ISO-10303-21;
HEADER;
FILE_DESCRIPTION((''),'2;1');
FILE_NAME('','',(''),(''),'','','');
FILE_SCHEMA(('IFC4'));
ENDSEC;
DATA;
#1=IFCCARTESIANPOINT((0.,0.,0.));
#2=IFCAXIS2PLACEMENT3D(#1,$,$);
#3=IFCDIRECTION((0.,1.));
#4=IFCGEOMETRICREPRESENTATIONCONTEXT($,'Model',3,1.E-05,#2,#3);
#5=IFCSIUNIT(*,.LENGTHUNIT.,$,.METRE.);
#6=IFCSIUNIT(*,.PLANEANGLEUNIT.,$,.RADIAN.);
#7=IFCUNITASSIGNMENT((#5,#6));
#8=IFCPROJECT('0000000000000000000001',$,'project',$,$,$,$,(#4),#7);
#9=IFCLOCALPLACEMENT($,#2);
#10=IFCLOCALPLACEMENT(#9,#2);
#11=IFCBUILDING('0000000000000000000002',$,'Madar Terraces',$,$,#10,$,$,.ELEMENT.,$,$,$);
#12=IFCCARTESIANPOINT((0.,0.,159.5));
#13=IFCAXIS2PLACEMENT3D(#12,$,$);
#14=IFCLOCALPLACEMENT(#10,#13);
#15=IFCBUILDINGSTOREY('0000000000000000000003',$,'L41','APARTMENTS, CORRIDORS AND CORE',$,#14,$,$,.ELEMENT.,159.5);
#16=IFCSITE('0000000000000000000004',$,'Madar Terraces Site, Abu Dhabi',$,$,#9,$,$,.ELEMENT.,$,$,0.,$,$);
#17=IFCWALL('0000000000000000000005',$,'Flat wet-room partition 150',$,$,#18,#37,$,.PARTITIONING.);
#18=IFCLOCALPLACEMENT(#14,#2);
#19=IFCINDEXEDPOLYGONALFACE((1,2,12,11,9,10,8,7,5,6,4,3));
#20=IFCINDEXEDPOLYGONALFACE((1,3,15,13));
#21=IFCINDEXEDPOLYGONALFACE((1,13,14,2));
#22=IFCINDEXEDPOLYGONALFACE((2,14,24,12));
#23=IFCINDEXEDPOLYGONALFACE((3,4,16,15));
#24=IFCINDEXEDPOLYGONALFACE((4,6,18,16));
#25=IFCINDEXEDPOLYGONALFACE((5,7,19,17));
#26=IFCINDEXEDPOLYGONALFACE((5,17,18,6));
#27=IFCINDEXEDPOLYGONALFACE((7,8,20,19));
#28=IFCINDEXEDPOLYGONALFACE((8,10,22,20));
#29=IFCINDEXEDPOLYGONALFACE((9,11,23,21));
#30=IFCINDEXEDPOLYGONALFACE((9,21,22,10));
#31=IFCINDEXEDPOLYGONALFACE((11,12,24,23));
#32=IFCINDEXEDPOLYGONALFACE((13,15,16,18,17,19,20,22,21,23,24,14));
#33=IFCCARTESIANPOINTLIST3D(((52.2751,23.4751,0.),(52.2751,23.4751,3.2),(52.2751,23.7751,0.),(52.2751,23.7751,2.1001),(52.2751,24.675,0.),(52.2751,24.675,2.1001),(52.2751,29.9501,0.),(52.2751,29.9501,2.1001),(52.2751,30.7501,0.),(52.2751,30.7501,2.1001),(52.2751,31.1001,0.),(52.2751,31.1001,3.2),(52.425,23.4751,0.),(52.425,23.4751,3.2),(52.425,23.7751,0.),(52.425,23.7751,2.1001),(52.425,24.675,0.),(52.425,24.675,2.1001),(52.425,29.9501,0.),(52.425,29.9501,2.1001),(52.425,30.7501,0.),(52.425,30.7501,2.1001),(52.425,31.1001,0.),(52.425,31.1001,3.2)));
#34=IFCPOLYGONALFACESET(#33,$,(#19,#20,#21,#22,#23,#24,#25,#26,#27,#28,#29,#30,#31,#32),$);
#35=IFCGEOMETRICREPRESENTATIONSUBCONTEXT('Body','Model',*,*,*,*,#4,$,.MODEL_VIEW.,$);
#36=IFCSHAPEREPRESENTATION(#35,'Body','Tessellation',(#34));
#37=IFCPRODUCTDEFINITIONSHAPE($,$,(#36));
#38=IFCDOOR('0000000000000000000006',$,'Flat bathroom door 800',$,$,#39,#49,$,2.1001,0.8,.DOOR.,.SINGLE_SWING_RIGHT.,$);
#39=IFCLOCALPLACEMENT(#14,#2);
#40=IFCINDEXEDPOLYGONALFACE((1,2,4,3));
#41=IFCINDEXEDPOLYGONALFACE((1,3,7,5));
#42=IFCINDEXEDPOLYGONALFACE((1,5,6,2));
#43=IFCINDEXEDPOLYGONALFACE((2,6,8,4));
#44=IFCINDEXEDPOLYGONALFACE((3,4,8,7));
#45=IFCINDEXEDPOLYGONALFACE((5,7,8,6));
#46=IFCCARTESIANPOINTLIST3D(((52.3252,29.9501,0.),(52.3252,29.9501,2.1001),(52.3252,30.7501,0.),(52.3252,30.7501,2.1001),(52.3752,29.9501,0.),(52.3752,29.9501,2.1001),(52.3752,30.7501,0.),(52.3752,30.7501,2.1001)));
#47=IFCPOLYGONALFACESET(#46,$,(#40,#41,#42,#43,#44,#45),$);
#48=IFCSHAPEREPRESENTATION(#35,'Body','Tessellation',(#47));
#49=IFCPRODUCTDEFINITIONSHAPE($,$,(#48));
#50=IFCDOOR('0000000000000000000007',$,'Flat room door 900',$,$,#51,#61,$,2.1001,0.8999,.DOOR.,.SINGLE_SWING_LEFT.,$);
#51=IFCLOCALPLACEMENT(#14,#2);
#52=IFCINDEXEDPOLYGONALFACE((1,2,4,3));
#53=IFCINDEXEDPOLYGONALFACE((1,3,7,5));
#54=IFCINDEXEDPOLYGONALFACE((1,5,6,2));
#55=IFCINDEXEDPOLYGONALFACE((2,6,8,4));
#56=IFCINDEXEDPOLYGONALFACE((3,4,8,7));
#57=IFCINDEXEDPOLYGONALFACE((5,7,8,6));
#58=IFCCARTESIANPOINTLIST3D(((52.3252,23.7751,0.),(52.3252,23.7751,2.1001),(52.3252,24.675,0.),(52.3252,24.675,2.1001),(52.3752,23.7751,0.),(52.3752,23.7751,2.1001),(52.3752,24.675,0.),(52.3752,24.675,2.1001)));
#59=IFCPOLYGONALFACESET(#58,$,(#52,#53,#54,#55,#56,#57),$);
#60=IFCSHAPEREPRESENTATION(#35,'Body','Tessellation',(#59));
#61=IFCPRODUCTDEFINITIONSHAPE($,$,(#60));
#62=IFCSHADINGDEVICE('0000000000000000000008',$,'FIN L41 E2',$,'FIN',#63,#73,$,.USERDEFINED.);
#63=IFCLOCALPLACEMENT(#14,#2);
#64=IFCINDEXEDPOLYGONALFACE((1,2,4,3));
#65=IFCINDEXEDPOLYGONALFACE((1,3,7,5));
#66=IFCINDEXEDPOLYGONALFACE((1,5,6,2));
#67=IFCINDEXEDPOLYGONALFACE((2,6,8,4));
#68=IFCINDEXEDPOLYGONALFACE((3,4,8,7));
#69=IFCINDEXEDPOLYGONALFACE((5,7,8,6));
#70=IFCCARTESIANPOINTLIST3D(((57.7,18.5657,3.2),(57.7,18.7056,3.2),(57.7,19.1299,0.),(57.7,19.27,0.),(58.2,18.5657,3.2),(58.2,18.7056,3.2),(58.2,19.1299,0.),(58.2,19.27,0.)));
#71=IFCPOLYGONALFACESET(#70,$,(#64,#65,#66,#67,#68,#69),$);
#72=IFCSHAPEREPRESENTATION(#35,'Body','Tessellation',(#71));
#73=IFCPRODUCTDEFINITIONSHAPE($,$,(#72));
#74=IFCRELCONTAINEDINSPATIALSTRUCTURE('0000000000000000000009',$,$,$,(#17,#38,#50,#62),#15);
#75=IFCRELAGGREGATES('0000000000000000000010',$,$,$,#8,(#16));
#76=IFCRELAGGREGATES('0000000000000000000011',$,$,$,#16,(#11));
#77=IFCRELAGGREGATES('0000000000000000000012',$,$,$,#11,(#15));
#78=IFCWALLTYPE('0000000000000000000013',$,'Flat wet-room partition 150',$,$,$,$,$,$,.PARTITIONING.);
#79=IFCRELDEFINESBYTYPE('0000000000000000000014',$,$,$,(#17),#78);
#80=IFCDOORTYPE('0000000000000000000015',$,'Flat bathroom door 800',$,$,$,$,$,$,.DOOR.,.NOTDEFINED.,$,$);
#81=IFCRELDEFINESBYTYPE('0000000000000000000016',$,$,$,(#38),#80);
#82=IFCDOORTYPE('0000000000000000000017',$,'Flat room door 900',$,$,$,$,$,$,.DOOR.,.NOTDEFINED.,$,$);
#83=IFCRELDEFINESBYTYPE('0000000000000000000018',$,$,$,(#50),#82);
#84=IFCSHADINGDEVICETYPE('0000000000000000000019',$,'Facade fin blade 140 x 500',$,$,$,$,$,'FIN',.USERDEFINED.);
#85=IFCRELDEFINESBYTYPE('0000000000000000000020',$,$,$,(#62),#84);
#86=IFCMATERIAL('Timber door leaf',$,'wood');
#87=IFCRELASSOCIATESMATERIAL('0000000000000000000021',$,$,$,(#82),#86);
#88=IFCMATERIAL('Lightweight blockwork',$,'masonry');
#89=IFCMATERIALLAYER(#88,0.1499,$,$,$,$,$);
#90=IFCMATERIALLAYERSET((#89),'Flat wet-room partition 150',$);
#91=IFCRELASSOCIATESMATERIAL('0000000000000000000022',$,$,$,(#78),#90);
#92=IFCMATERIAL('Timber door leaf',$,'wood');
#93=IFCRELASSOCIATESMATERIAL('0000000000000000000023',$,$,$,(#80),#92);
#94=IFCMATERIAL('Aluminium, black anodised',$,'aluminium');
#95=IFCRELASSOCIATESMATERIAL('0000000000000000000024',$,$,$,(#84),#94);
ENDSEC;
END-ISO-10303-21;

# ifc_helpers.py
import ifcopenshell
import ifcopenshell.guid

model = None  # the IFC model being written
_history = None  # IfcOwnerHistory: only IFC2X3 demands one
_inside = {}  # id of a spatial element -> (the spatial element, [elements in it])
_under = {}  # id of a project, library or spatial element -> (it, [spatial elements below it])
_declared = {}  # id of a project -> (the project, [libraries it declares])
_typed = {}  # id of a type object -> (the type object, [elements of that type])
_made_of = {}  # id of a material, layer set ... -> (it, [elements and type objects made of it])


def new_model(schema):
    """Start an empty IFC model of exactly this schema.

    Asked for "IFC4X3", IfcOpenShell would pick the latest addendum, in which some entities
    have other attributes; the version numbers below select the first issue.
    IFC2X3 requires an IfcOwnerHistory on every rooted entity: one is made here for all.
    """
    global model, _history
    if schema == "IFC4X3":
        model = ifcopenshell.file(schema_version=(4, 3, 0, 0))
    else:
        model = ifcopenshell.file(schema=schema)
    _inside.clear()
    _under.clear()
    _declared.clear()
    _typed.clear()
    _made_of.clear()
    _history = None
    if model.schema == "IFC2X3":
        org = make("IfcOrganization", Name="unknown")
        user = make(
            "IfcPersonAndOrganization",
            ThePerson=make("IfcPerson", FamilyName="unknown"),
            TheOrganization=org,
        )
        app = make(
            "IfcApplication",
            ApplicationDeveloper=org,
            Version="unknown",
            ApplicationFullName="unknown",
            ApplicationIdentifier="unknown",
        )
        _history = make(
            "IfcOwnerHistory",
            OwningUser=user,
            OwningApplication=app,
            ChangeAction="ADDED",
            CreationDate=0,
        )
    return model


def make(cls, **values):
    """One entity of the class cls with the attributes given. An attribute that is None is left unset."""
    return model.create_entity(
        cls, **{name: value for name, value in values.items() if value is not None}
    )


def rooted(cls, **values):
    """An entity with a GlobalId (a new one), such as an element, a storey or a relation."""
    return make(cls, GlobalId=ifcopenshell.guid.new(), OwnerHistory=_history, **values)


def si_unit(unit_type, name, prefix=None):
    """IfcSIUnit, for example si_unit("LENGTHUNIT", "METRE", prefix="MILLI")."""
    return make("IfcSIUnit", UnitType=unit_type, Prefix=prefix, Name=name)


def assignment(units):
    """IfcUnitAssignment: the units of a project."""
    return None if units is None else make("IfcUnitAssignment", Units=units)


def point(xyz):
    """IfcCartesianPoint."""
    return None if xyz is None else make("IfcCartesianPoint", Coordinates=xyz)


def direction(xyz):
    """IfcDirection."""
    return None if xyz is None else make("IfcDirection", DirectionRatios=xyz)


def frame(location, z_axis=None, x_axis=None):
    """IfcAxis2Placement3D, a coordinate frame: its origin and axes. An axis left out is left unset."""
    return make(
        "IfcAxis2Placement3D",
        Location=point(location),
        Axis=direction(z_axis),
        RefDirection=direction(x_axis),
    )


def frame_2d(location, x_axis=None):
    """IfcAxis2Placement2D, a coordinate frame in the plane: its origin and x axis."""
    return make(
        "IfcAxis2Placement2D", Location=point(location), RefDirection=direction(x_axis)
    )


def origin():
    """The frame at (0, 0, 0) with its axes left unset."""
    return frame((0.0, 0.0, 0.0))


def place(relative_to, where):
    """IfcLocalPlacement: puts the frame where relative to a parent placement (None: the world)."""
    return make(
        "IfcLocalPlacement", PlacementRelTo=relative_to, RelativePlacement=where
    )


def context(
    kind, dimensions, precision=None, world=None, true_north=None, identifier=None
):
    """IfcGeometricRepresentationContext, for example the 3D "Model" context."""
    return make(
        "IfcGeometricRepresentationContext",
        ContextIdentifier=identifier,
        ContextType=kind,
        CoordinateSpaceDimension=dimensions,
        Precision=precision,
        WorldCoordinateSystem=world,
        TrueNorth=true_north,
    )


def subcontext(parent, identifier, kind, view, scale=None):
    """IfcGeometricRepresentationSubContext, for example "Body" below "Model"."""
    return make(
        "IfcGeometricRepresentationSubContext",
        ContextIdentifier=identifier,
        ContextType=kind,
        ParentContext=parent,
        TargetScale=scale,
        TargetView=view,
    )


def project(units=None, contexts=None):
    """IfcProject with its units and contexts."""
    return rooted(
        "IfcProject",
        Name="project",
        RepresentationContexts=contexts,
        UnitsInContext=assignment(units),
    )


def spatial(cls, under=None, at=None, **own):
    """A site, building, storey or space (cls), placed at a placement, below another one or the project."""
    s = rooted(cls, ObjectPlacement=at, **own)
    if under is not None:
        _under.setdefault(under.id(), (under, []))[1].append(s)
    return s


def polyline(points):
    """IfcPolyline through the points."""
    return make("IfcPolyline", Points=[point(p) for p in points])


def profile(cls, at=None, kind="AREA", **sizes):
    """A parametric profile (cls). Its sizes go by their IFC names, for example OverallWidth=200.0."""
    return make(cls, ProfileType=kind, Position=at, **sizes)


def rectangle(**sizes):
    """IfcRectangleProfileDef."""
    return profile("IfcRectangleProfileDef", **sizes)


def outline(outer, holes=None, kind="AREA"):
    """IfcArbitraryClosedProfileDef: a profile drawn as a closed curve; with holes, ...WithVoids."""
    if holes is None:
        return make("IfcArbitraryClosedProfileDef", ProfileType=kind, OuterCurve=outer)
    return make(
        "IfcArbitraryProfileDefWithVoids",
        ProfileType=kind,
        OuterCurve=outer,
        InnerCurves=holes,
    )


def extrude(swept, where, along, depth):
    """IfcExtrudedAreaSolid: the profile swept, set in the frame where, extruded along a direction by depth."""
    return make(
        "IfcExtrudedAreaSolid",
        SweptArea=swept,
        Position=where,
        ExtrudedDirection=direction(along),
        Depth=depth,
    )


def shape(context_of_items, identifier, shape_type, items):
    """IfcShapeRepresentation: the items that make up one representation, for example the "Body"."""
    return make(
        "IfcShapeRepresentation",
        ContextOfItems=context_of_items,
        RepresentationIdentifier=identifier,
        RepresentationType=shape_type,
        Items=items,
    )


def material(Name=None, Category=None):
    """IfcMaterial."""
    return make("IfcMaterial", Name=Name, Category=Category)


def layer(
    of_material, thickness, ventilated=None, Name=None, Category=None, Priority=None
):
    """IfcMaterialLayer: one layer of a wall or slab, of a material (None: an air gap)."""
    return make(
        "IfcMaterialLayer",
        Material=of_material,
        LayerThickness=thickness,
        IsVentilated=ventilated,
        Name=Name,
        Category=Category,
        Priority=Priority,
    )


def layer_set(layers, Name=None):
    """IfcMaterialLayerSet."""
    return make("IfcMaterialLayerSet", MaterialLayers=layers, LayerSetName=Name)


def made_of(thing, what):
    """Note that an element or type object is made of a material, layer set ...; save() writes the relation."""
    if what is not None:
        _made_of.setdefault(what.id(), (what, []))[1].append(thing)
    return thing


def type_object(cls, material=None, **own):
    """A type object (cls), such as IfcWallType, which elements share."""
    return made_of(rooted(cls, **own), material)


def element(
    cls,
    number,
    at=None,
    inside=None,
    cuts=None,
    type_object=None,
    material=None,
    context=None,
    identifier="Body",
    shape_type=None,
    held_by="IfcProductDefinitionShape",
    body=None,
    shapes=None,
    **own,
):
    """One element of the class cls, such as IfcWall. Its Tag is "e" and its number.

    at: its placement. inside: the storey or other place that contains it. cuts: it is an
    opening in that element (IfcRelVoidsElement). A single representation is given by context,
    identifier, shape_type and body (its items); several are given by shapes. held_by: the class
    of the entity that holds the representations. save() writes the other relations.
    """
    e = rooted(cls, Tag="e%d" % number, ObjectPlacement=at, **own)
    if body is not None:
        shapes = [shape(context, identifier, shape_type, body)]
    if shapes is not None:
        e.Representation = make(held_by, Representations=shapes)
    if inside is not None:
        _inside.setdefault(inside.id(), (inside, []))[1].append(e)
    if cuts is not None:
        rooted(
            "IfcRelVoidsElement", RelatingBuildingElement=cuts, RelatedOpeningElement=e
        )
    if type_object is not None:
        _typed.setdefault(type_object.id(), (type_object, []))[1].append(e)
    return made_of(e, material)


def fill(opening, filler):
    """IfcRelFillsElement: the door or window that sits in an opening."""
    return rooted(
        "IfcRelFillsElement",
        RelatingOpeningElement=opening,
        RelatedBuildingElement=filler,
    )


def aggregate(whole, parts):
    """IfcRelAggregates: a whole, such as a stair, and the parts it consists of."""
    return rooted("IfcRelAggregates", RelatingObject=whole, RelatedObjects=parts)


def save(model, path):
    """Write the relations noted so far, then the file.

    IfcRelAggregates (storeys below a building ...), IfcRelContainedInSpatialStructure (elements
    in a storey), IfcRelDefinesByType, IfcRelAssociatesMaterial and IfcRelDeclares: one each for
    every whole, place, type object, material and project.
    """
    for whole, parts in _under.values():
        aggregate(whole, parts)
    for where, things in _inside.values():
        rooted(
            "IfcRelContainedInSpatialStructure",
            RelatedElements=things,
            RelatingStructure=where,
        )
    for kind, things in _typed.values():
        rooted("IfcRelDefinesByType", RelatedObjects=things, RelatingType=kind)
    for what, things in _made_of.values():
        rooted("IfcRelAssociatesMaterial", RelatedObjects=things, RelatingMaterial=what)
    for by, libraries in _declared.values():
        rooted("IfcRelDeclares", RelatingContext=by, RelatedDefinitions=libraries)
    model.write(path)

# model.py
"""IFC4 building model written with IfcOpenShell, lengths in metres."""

from ifc_helpers import new_model, si_unit, direction, frame, frame_2d, origin, place, context, subcontext, project, spatial, polyline, rectangle, outline, extrude, material, layer, layer_set, type_object, element, fill, save


model = new_model("IFC4")

# Units and contexts
model_context = context("Model", 3, precision=1e-05, world=origin(), true_north=direction((0.0, 1.0)))
body_context = subcontext(model_context, "Body", "Model", "MODEL_VIEW")
ifc_project = project(units=[si_unit("LENGTHUNIT", "METRE"), si_unit("PLANEANGLEUNIT", "RADIAN")], contexts=[model_context])

# Site, building, storey
site_placement = place(None, origin())
site = spatial("IfcSite", under=ifc_project, at=site_placement, Name="Madar Terraces Site, Abu Dhabi", CompositionType="ELEMENT", RefElevation=0.0)
building_placement = place(site_placement, origin())
building = spatial("IfcBuilding", under=site, at=building_placement, Name="Madar Terraces", CompositionType="ELEMENT")
storey_placement = place(building_placement, frame((0.0, 0.0, 159.5)))
storey = spatial("IfcBuildingStorey", under=building, at=storey_placement, Name="L41", Description="APARTMENTS, CORRIDORS AND CORE", CompositionType="ELEMENT", Elevation=159.5)

# Shared definitions
ifc_material_1 = material(Name="Timber door leaf", Category="wood")
door_type_1 = type_object("IfcDoorType", Name="Flat room door 900", OperationType="NOTDEFINED", PredefinedType="DOOR", material=ifc_material_1)

# Shared definitions
ifc_material_2 = material(Name="Lightweight blockwork", Category="masonry")
ifc_layer_1 = layer(ifc_material_2, 0.1499)
ifc_layer_set_1 = layer_set([ifc_layer_1], Name="Flat wet-room partition 150")
wall_type_1 = type_object("IfcWallType", Name="Flat wet-room partition 150", PredefinedType="PARTITIONING", material=ifc_layer_set_1)

# Wall, openings, doors
wall_1_placement = place(storey_placement, frame((52.3501, 23.4751, 0.0), z_axis=(0.0, 0.0, 1.0), x_axis=(0.0, 1.0, 0.0)))
wall_1 = element("IfcWall", 1, at=wall_1_placement, inside=storey, type_object=wall_type_1, Name="Flat wet-room partition 150", PredefinedType="PARTITIONING", context=body_context, shape_type="SweptSolid", body=[
    extrude(rectangle(XDim=7.625, YDim=0.1499, at=frame_2d((3.8125, 0.0))), origin(), (0.0, 0.0, 1.0), 3.2),
])
opening_1_placement = place(wall_1_placement, frame((0.3, 0.0, 0.0)))
opening_1 = element("IfcOpeningElement", 2, at=opening_1_placement, cuts=wall_1, PredefinedType="OPENING", context=body_context, shape_type="SweptSolid", body=[
    extrude(rectangle(XDim=0.8999, YDim=2.1001, at=frame_2d((0.45, 1.05))), frame((0.0, 0.085, 0.0), z_axis=(0.0, -1.0, 0.0), x_axis=(1.0, 0.0, 0.0)), (0.0, 0.0, 1.0), 0.1699),
])
opening_2_placement = place(wall_1_placement, frame((6.4751, 0.0, 0.0)))
opening_2 = element("IfcOpeningElement", 3, at=opening_2_placement, cuts=wall_1, PredefinedType="OPENING", context=body_context, shape_type="SweptSolid", body=[
    extrude(rectangle(XDim=0.8, YDim=2.1001, at=frame_2d((0.3999, 1.05))), frame((0.0, 0.085, 0.0), z_axis=(0.0, -1.0, 0.0), x_axis=(1.0, 0.0, 0.0)), (0.0, 0.0, 1.0), 0.1699),
])
ifc_material_3 = material(Name="Timber door leaf", Category="wood")
door_type_2 = type_object("IfcDoorType", Name="Flat bathroom door 800", OperationType="NOTDEFINED", PredefinedType="DOOR", material=ifc_material_3)
door_1_placement = place(opening_2_placement, origin())
door_1 = element("IfcDoor", 4, at=door_1_placement, inside=storey, type_object=door_type_2, Name="Flat bathroom door 800", OperationType="SINGLE_SWING_RIGHT", OverallHeight=2.1001, OverallWidth=0.8, PredefinedType="DOOR", context=body_context, shape_type="SweptSolid", body=[
    extrude(rectangle(XDim=0.8, YDim=2.1001, at=frame_2d((0.3999, 1.05))), frame((0.0, 0.0249, 0.0), z_axis=(0.0, -1.0, 0.0), x_axis=(1.0, 0.0, 0.0)), (0.0, 0.0, 1.0), 0.05),
])
fill(opening_2, door_1)
door_2_placement = place(opening_1_placement, origin())
door_2 = element("IfcDoor", 5, at=door_2_placement, inside=storey, type_object=door_type_1, Name="Flat room door 900", OperationType="SINGLE_SWING_LEFT", OverallHeight=2.1001, OverallWidth=0.8999, PredefinedType="DOOR", context=body_context, shape_type="SweptSolid", body=[
    extrude(rectangle(XDim=0.8999, YDim=2.1001, at=frame_2d((0.45, 1.05))), frame((0.0, 0.0249, 0.0), z_axis=(0.0, -1.0, 0.0), x_axis=(1.0, 0.0, 0.0)), (0.0, 0.0, 1.0), 0.05),
])
fill(opening_1, door_2)

# Shading device
ifc_material_4 = material(Name="Aluminium, black anodised", Category="aluminium")
shading_device_type = type_object("IfcShadingDeviceType", Name="Facade fin blade 140 x 500", ElementType="FIN", PredefinedType="USERDEFINED", material=ifc_material_4)
shading_device_placement = place(storey_placement, frame((57.95, 19.1299, 0.0), z_axis=(0.0, 0.0, 1.0), x_axis=(0.0, 1.0, 0.0)))
element("IfcShadingDevice", 6, at=shading_device_placement, inside=storey, type_object=shading_device_type, Name="FIN L41 E2", ObjectType="FIN", PredefinedType="USERDEFINED", context=body_context, shape_type="SweptSolid", body=[
    extrude(outline(polyline([(0.0, 0.0), (0.1401, 0.0), (-0.4243, 3.2), (-0.5642, 3.2), (0.0, 0.0)])), frame((0.0, 0.25, 0.0), z_axis=(0.0, -1.0, 0.0), x_axis=(1.0, 0.0, 0.0)), (0.0, 0.0, 1.0), 0.5),
])

save(model, "model.ifc")
